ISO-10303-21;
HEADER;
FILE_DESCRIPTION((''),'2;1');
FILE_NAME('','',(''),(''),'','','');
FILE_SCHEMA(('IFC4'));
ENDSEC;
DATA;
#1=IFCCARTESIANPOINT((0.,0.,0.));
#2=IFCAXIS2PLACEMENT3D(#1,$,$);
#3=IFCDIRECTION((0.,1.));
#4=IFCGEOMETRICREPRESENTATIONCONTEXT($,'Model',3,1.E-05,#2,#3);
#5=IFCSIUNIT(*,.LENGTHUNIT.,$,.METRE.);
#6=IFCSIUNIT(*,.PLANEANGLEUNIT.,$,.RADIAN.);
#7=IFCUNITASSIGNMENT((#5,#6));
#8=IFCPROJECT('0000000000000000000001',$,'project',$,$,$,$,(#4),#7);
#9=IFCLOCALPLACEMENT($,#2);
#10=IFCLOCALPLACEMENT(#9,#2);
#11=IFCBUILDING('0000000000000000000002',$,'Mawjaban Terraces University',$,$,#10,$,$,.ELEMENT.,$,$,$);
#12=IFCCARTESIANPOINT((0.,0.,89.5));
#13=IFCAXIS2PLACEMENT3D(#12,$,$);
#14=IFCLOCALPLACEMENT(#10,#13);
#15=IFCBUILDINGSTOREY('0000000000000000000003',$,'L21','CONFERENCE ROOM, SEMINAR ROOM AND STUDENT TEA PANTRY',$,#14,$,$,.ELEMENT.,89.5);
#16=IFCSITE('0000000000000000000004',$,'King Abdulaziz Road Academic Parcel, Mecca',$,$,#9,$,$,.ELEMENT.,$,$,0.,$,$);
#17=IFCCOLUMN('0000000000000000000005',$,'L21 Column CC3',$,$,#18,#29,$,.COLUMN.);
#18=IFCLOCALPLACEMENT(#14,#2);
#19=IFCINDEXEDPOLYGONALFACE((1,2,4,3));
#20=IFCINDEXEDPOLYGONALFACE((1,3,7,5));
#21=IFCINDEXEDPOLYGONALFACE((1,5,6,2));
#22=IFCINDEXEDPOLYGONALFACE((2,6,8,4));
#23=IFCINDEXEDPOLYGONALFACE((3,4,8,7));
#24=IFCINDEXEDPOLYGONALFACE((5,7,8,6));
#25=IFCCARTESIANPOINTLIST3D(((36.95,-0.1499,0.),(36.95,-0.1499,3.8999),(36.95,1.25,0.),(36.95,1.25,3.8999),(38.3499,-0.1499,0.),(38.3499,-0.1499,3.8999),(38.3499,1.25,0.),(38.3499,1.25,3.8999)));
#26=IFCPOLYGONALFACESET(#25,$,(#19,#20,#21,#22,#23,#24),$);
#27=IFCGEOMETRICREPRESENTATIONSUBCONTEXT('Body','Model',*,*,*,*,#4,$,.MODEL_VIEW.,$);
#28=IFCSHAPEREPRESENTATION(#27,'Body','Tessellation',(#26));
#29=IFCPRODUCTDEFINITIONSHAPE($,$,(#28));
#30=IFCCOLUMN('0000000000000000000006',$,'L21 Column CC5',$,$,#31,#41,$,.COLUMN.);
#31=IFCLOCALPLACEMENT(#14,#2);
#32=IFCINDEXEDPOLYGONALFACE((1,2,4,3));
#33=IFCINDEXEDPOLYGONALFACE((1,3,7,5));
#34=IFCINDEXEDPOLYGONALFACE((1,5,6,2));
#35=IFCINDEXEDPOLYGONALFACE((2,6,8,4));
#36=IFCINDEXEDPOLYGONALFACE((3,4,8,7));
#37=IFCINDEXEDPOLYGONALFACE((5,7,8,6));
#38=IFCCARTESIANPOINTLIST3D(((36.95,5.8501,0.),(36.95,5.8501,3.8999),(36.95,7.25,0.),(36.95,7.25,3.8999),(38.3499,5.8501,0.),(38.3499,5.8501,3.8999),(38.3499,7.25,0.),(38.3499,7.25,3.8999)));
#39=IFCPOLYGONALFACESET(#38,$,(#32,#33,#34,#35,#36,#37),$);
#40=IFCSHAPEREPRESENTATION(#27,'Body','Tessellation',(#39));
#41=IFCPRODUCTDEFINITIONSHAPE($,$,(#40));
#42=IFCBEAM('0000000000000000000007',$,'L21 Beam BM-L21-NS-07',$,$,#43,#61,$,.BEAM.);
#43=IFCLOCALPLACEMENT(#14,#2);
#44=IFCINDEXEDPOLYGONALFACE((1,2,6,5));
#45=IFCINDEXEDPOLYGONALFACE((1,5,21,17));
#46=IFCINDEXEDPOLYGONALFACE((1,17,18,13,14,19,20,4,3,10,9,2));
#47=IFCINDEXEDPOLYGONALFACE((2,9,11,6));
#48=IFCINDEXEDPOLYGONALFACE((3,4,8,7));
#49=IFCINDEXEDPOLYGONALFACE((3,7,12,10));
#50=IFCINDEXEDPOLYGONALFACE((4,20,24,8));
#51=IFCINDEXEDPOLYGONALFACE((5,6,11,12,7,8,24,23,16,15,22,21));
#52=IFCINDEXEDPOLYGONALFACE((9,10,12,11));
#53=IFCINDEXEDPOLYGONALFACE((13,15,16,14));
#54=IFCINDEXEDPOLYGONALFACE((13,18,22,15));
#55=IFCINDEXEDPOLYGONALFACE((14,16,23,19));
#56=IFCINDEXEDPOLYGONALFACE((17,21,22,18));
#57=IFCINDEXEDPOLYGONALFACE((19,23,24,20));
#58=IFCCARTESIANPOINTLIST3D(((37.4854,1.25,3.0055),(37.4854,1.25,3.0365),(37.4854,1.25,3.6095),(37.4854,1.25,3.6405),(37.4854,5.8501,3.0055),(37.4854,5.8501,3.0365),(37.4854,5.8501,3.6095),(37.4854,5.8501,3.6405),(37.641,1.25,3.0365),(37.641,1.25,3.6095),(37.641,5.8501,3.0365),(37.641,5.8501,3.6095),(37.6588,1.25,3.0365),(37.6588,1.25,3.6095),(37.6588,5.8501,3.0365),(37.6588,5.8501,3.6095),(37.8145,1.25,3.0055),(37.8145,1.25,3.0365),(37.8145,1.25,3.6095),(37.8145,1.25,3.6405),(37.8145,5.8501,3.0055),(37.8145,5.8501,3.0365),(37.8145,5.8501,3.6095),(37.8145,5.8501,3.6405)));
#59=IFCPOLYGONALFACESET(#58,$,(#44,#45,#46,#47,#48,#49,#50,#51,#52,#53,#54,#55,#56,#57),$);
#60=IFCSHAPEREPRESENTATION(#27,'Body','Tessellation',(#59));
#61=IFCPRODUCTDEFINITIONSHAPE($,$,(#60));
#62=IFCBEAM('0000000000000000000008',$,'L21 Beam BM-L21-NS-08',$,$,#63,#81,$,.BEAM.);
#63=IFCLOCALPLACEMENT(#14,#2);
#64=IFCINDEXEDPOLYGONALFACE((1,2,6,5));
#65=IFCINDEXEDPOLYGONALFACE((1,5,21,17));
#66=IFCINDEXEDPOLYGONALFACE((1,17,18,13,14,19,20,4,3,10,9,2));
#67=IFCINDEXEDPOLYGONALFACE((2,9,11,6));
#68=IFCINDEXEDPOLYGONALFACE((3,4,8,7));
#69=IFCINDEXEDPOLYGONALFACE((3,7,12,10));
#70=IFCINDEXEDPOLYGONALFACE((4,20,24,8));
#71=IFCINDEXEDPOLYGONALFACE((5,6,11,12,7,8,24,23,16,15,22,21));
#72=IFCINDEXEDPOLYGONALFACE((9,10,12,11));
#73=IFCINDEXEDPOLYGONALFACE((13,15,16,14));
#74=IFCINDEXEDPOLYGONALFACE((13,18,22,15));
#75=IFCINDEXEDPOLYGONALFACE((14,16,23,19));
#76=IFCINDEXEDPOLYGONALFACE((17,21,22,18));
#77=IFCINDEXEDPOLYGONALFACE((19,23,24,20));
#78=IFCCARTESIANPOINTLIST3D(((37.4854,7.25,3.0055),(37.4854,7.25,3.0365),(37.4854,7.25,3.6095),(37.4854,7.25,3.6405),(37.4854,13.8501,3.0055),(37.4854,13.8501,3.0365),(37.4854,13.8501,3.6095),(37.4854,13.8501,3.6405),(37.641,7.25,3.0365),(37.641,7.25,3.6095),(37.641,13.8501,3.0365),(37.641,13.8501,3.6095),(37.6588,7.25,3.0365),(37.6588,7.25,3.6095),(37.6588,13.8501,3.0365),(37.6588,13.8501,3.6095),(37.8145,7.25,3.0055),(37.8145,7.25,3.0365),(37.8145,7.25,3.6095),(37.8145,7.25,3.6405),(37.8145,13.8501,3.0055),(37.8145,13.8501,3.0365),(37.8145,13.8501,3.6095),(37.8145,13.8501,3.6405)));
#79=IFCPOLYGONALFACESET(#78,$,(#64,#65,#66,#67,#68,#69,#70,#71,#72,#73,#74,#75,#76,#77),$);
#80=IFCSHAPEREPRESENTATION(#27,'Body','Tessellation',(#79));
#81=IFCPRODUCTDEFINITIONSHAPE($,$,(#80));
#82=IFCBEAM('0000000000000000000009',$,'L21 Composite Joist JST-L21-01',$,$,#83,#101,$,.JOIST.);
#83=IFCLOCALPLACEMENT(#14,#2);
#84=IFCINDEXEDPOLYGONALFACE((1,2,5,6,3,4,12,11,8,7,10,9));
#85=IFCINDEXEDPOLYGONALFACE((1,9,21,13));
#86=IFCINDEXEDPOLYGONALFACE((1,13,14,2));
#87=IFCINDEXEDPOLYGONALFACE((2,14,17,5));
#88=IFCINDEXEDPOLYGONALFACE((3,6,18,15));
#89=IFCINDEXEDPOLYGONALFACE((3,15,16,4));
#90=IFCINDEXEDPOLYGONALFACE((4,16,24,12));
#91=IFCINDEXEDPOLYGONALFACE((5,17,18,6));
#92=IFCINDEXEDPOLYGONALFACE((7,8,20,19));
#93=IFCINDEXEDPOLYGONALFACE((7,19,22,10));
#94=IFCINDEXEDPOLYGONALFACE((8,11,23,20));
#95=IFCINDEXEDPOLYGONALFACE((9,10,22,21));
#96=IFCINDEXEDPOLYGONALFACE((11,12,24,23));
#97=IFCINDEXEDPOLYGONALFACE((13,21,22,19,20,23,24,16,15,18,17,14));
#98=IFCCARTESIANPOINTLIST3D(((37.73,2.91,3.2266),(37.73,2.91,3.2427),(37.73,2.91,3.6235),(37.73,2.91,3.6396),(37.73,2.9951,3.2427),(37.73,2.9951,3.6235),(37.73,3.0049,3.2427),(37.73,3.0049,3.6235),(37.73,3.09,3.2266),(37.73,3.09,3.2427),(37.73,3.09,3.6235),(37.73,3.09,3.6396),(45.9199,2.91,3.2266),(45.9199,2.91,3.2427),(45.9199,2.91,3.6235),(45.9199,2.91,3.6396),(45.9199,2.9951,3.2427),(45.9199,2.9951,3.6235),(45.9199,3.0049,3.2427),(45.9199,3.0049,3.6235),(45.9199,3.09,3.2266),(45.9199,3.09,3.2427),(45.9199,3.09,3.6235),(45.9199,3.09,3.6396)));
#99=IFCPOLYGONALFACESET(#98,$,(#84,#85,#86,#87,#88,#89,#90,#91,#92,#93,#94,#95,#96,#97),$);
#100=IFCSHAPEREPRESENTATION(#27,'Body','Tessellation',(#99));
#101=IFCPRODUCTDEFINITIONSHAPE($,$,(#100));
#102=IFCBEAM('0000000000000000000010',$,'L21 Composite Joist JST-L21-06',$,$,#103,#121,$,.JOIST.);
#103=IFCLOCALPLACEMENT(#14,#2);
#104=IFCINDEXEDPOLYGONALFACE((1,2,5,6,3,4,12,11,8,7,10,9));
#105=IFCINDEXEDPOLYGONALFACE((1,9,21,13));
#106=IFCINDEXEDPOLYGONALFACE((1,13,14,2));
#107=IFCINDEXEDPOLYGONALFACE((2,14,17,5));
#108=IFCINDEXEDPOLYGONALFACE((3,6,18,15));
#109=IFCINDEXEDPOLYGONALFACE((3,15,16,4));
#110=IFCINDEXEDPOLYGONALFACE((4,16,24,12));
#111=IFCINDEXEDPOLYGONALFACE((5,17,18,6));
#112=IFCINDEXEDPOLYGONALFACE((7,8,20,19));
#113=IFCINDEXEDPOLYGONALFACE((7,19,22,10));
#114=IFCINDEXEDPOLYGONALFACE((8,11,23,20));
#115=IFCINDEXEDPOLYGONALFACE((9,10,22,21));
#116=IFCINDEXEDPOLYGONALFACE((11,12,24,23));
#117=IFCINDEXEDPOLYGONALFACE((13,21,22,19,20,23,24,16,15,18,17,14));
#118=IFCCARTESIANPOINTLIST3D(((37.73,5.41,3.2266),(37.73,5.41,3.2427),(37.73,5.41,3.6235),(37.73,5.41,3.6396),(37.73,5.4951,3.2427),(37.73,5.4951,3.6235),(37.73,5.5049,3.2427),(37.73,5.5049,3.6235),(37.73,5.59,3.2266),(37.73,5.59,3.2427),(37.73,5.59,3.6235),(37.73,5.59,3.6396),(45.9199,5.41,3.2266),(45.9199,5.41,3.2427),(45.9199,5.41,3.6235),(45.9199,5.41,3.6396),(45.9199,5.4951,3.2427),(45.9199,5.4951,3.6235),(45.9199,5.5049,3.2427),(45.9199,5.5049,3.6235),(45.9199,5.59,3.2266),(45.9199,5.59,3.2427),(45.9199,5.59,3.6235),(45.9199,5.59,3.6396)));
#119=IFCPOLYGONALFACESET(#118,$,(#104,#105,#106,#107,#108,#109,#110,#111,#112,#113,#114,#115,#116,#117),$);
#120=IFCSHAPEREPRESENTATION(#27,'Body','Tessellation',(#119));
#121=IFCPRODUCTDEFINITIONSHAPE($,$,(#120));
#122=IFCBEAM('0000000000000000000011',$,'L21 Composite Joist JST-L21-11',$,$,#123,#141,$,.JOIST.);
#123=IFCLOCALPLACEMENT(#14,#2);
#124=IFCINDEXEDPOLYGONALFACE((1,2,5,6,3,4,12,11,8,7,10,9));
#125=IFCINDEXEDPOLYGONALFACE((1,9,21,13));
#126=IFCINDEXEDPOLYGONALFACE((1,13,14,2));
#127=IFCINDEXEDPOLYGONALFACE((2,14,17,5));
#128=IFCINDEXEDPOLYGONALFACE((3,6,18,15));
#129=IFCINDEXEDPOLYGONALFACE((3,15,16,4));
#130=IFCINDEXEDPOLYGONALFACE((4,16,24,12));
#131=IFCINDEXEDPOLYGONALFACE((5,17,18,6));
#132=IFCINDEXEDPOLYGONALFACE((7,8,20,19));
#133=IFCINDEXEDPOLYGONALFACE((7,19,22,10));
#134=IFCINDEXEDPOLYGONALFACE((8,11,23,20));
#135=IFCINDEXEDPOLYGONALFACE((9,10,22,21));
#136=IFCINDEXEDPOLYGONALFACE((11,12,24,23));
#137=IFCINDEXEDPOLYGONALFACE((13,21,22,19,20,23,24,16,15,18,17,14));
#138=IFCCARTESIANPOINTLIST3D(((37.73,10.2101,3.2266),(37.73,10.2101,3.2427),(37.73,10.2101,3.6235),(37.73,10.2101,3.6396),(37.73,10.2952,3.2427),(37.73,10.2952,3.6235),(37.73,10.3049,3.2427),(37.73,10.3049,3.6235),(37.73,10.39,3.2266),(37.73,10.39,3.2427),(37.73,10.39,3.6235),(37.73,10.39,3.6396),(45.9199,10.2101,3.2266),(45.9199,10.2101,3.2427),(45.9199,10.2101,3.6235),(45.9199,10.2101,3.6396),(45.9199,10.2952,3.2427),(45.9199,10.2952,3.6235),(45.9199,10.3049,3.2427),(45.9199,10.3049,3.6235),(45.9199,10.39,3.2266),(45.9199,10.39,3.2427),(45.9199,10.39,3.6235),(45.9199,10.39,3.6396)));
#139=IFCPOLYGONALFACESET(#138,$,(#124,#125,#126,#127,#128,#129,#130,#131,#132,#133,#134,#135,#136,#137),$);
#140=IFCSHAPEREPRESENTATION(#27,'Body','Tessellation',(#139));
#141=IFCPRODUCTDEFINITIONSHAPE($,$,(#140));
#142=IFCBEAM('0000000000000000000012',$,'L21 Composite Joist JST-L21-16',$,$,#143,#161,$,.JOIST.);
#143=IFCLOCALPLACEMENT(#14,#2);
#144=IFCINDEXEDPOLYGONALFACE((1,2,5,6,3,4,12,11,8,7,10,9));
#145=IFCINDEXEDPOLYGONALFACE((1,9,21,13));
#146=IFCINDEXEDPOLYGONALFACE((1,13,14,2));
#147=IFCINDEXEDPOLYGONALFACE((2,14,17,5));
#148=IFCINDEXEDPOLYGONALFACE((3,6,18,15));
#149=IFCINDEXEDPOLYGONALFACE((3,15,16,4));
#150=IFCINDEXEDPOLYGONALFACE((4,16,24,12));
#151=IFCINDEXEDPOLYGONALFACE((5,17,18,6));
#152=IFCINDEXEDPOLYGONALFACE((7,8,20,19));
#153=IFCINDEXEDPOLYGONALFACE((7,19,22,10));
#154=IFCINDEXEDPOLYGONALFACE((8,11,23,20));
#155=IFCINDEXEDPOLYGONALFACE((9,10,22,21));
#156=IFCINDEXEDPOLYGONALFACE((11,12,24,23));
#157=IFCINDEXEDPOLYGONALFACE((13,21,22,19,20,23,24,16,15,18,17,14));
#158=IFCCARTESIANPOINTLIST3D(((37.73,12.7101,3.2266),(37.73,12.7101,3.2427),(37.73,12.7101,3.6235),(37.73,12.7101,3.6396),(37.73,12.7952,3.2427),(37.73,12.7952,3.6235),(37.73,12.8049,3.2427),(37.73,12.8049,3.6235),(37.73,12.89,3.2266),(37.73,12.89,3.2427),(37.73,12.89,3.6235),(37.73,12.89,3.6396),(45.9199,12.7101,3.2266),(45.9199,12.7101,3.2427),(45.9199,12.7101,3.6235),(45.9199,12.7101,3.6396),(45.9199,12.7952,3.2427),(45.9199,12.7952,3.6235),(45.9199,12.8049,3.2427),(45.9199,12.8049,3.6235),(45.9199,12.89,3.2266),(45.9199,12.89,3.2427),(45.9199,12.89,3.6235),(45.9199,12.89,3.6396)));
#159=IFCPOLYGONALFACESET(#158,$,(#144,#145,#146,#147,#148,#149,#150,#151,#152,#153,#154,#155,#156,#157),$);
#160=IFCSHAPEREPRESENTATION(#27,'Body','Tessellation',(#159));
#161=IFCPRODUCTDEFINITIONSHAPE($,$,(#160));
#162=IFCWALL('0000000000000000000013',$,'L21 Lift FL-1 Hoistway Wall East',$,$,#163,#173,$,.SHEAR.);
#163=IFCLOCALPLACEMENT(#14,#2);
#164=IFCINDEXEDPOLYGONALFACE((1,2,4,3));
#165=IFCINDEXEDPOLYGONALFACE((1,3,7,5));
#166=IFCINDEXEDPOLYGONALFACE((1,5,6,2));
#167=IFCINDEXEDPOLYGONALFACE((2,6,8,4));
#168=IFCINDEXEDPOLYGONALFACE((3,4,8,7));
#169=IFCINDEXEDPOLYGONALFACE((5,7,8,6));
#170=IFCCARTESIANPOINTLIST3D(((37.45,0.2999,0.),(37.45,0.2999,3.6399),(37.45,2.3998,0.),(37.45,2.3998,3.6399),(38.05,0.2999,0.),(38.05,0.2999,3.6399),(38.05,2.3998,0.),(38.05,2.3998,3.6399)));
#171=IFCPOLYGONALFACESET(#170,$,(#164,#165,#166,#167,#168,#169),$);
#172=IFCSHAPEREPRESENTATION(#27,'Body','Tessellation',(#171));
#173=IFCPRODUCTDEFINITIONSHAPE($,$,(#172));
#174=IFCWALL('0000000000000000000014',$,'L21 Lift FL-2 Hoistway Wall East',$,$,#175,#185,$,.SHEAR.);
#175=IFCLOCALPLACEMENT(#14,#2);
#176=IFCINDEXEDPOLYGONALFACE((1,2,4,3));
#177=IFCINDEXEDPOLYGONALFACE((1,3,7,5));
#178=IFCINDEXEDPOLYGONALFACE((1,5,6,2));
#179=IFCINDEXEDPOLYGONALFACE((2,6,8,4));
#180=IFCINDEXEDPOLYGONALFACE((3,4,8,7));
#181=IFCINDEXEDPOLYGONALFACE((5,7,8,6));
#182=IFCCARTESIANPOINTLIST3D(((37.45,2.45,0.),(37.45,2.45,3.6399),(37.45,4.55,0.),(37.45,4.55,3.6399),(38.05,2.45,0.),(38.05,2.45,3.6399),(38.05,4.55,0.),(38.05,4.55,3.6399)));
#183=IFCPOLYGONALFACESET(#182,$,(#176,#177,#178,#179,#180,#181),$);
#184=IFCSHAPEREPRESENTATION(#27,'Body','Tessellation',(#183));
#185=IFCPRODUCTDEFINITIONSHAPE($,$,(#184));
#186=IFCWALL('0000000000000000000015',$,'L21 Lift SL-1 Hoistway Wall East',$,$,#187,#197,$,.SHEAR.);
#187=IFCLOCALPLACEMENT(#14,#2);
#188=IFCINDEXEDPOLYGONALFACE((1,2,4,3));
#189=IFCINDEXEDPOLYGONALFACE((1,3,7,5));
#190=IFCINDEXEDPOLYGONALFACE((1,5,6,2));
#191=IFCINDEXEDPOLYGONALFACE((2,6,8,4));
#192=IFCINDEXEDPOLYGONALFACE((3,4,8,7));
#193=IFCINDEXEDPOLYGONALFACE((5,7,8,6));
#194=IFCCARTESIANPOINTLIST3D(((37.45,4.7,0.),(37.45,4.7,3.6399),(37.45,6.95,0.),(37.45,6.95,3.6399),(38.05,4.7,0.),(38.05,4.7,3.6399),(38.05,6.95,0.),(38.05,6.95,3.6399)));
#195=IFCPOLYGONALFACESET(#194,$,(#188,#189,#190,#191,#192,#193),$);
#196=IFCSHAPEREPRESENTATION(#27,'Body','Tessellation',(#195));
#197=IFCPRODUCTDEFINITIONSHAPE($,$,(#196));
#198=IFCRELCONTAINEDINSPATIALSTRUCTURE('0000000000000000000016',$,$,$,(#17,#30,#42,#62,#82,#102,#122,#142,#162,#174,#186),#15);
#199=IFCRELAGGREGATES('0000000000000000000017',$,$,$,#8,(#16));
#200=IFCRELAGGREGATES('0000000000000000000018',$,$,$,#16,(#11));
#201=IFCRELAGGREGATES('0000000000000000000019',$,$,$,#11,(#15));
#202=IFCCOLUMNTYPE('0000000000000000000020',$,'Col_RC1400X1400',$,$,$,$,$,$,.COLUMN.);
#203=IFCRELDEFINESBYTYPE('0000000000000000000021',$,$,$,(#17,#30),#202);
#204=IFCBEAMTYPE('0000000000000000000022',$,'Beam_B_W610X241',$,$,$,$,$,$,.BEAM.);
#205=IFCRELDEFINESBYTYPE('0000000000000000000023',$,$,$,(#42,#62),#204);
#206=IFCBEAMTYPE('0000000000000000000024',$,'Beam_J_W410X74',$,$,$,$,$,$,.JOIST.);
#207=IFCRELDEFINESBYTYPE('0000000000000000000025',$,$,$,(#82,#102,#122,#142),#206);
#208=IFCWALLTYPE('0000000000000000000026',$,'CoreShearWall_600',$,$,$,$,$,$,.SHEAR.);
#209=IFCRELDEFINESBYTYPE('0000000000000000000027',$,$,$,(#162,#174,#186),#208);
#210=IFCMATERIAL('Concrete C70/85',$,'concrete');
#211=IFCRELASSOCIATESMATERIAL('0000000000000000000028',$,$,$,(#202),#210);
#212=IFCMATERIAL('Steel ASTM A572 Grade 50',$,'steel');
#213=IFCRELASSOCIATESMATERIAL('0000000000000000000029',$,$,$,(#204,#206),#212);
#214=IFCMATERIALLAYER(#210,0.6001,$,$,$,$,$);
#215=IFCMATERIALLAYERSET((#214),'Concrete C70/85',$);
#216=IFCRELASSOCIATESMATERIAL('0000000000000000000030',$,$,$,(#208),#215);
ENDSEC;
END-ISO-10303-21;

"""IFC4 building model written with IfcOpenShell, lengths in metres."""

from ifc_helpers import new_model, si_unit, direction, frame, frame_2d, origin, origin_2d, place, context, subcontext, project, spatial, rectangle, i_section, extrude, material, layer, layer_set, material_profile, profile_set, type_object, element, save


model = new_model("IFC4")

# Units and contexts
model_context = context("Model", 3, precision=1e-05, world=origin(), true_north=direction((0.0, 1.0)))
body_context = subcontext(model_context, "Body", "Model", "MODEL_VIEW")
ifc_project = project(units=[si_unit("LENGTHUNIT", "METRE"), si_unit("PLANEANGLEUNIT", "RADIAN")], contexts=[model_context])

# Site, building, storey
site_placement = place(None, origin())
site = spatial("IfcSite", under=ifc_project, at=site_placement, Name="King Abdulaziz Road Academic Parcel, Mecca", CompositionType="ELEMENT", RefElevation=0.0)
building_placement = place(site_placement, origin())
building = spatial("IfcBuilding", under=site, at=building_placement, Name="Mawjaban Terraces University", CompositionType="ELEMENT")
storey_placement = place(building_placement, frame((0.0, 0.0, 89.5)))
storey = spatial("IfcBuildingStorey", under=building, at=storey_placement, Name="L21", Description="CONFERENCE ROOM, SEMINAR ROOM AND STUDENT TEA PANTRY", CompositionType="ELEMENT", Elevation=89.5)

# Columns
ifc_material_1 = material(Name="Concrete C70/85", Category="concrete")
ifc_material_profile_1 = material_profile(ifc_material_1, rectangle(XDim=1.3999, YDim=1.3999, at=origin_2d()), Name="RC1400X1400")
ifc_profile_set_1 = profile_set([ifc_material_profile_1], Name="Concrete C70/85")
column_type = type_object("IfcColumnType", Name="Col_RC1400X1400", PredefinedType="COLUMN", material=ifc_profile_set_1)
for number, where, z_axis, x_axis, name in (
    (1, (37.6499, 0.55, 0.0), (0.0, 0.0, 1.0), (1.0, 0.0, 0.0), "L21 Column CC3"),
    (2, (37.6499, 6.55, 0.0), (0.0, 0.0, 1.0), (1.0, 0.0, 0.0), "L21 Column CC5"),
):
    element("IfcColumn", number, at=place(storey_placement, frame(where, z_axis=z_axis, x_axis=x_axis)), inside=storey, type_object=column_type, Name=name, PredefinedType="COLUMN", context=body_context, shape_type="SweptSolid", body=[
        extrude(rectangle(XDim=1.3999, YDim=1.3999, at=origin_2d()), origin(), (0.0, 0.0, 1.0), 3.8999),
    ])

# Beams
ifc_material_2 = material(Name="Steel ASTM A572 Grade 50", Category="steel")
ifc_material_profile_2 = material_profile(ifc_material_2, i_section(OverallWidth=0.3291, OverallDepth=0.635, WebThickness=0.0178, FlangeThickness=0.031, at=origin_2d()), Name="W610X241")
ifc_profile_set_2 = profile_set([ifc_material_profile_2], Name="Steel ASTM A572 Grade 50")
beam_type_1 = type_object("IfcBeamType", Name="Beam_B_W610X241", PredefinedType="BEAM", material=ifc_profile_set_2)
beam_1_placement = place(storey_placement, frame((37.6499, 1.25, 3.323), z_axis=(0.0, 1.0, 0.0), x_axis=(-1.0, 0.0, 0.0)))
element("IfcBeam", 3, at=beam_1_placement, inside=storey, type_object=beam_type_1, Name="L21 Beam BM-L21-NS-07", PredefinedType="BEAM", context=body_context, shape_type="SweptSolid", body=[
    extrude(i_section(OverallWidth=0.3291, OverallDepth=0.635, WebThickness=0.0178, FlangeThickness=0.031, at=origin_2d()), origin(), (0.0, 0.0, 1.0), 4.6001),
])
beam_2_placement = place(storey_placement, frame((37.6499, 7.25, 3.323), z_axis=(0.0, 1.0, 0.0), x_axis=(-1.0, 0.0, 0.0)))
element("IfcBeam", 4, at=beam_2_placement, inside=storey, type_object=beam_type_1, Name="L21 Beam BM-L21-NS-08", PredefinedType="BEAM", context=body_context, shape_type="SweptSolid", body=[
    extrude(i_section(OverallWidth=0.3291, OverallDepth=0.635, WebThickness=0.0178, FlangeThickness=0.031, at=origin_2d()), origin(), (0.0, 0.0, 1.0), 6.6001),
])
ifc_material_profile_3 = material_profile(ifc_material_2, i_section(OverallWidth=0.1799, OverallDepth=0.4131, WebThickness=0.0098, FlangeThickness=0.0161, at=origin_2d()), Name="W410X74")
ifc_profile_set_3 = profile_set([ifc_material_profile_3], Name="Steel ASTM A572 Grade 50")
beam_type_2 = type_object("IfcBeamType", Name="Beam_J_W410X74", PredefinedType="JOIST", material=ifc_profile_set_3)
for number, where, z_axis, x_axis, name in (
    (5, (37.73, 3.0, 3.4331), (1.0, 0.0, 0.0), (0.0, 1.0, 0.0), "L21 Composite Joist JST-L21-01"),
    (6, (37.73, 5.5, 3.4331), (1.0, 0.0, 0.0), (0.0, 1.0, 0.0), "L21 Composite Joist JST-L21-06"),
    (7, (37.73, 10.3, 3.4331), (1.0, 0.0, 0.0), (0.0, 1.0, 0.0), "L21 Composite Joist JST-L21-11"),
    (8, (37.73, 12.8, 3.4331), (1.0, 0.0, 0.0), (0.0, 1.0, 0.0), "L21 Composite Joist JST-L21-16"),
):
    element("IfcBeam", number, at=place(storey_placement, frame(where, z_axis=z_axis, x_axis=x_axis)), inside=storey, type_object=beam_type_2, Name=name, PredefinedType="JOIST", context=body_context, shape_type="SweptSolid", body=[
        extrude(i_section(OverallWidth=0.1799, OverallDepth=0.4131, WebThickness=0.0098, FlangeThickness=0.0161, at=origin_2d()), origin(), (0.0, 0.0, 1.0), 8.1899),
    ])

# Walls
ifc_layer_1 = layer(ifc_material_1, 0.6001)
ifc_layer_set_1 = layer_set([ifc_layer_1], Name="Concrete C70/85")
wall_type_1 = type_object("IfcWallType", Name="CoreShearWall_600", PredefinedType="SHEAR", material=ifc_layer_set_1)
wall_1_placement = place(storey_placement, frame((37.75, 0.3, 0.0), z_axis=(0.0, 0.0, 1.0), x_axis=(0.0, 1.0, 0.0)))
element("IfcWall", 9, at=wall_1_placement, inside=storey, type_object=wall_type_1, Name="L21 Lift FL-1 Hoistway Wall East", PredefinedType="SHEAR", context=body_context, shape_type="SweptSolid", body=[
    extrude(rectangle(XDim=2.0999, YDim=0.6001, at=frame_2d((1.0498, 0.0))), origin(), (0.0, 0.0, 1.0), 3.6399),
])
wall_2_placement = place(storey_placement, frame((37.75, 2.45, 0.0), z_axis=(0.0, 0.0, 1.0), x_axis=(0.0, 1.0, 0.0)))
element("IfcWall", 10, at=wall_2_placement, inside=storey, type_object=wall_type_1, Name="L21 Lift FL-2 Hoistway Wall East", PredefinedType="SHEAR", context=body_context, shape_type="SweptSolid", body=[
    extrude(rectangle(XDim=2.1001, YDim=0.6001, at=frame_2d((1.05, 0.0))), origin(), (0.0, 0.0, 1.0), 3.6399),
])
wall_3_placement = place(storey_placement, frame((37.75, 4.7, 0.0), z_axis=(0.0, 0.0, 1.0), x_axis=(0.0, 1.0, 0.0)))
element("IfcWall", 11, at=wall_3_placement, inside=storey, type_object=wall_type_1, Name="L21 Lift SL-1 Hoistway Wall East", PredefinedType="SHEAR", context=body_context, shape_type="SweptSolid", body=[
    extrude(rectangle(XDim=2.25, YDim=0.6001, at=frame_2d((1.125, 0.0))), origin(), (0.0, 0.0, 1.0), 3.6399),
])

save(model, "model.ifc")
